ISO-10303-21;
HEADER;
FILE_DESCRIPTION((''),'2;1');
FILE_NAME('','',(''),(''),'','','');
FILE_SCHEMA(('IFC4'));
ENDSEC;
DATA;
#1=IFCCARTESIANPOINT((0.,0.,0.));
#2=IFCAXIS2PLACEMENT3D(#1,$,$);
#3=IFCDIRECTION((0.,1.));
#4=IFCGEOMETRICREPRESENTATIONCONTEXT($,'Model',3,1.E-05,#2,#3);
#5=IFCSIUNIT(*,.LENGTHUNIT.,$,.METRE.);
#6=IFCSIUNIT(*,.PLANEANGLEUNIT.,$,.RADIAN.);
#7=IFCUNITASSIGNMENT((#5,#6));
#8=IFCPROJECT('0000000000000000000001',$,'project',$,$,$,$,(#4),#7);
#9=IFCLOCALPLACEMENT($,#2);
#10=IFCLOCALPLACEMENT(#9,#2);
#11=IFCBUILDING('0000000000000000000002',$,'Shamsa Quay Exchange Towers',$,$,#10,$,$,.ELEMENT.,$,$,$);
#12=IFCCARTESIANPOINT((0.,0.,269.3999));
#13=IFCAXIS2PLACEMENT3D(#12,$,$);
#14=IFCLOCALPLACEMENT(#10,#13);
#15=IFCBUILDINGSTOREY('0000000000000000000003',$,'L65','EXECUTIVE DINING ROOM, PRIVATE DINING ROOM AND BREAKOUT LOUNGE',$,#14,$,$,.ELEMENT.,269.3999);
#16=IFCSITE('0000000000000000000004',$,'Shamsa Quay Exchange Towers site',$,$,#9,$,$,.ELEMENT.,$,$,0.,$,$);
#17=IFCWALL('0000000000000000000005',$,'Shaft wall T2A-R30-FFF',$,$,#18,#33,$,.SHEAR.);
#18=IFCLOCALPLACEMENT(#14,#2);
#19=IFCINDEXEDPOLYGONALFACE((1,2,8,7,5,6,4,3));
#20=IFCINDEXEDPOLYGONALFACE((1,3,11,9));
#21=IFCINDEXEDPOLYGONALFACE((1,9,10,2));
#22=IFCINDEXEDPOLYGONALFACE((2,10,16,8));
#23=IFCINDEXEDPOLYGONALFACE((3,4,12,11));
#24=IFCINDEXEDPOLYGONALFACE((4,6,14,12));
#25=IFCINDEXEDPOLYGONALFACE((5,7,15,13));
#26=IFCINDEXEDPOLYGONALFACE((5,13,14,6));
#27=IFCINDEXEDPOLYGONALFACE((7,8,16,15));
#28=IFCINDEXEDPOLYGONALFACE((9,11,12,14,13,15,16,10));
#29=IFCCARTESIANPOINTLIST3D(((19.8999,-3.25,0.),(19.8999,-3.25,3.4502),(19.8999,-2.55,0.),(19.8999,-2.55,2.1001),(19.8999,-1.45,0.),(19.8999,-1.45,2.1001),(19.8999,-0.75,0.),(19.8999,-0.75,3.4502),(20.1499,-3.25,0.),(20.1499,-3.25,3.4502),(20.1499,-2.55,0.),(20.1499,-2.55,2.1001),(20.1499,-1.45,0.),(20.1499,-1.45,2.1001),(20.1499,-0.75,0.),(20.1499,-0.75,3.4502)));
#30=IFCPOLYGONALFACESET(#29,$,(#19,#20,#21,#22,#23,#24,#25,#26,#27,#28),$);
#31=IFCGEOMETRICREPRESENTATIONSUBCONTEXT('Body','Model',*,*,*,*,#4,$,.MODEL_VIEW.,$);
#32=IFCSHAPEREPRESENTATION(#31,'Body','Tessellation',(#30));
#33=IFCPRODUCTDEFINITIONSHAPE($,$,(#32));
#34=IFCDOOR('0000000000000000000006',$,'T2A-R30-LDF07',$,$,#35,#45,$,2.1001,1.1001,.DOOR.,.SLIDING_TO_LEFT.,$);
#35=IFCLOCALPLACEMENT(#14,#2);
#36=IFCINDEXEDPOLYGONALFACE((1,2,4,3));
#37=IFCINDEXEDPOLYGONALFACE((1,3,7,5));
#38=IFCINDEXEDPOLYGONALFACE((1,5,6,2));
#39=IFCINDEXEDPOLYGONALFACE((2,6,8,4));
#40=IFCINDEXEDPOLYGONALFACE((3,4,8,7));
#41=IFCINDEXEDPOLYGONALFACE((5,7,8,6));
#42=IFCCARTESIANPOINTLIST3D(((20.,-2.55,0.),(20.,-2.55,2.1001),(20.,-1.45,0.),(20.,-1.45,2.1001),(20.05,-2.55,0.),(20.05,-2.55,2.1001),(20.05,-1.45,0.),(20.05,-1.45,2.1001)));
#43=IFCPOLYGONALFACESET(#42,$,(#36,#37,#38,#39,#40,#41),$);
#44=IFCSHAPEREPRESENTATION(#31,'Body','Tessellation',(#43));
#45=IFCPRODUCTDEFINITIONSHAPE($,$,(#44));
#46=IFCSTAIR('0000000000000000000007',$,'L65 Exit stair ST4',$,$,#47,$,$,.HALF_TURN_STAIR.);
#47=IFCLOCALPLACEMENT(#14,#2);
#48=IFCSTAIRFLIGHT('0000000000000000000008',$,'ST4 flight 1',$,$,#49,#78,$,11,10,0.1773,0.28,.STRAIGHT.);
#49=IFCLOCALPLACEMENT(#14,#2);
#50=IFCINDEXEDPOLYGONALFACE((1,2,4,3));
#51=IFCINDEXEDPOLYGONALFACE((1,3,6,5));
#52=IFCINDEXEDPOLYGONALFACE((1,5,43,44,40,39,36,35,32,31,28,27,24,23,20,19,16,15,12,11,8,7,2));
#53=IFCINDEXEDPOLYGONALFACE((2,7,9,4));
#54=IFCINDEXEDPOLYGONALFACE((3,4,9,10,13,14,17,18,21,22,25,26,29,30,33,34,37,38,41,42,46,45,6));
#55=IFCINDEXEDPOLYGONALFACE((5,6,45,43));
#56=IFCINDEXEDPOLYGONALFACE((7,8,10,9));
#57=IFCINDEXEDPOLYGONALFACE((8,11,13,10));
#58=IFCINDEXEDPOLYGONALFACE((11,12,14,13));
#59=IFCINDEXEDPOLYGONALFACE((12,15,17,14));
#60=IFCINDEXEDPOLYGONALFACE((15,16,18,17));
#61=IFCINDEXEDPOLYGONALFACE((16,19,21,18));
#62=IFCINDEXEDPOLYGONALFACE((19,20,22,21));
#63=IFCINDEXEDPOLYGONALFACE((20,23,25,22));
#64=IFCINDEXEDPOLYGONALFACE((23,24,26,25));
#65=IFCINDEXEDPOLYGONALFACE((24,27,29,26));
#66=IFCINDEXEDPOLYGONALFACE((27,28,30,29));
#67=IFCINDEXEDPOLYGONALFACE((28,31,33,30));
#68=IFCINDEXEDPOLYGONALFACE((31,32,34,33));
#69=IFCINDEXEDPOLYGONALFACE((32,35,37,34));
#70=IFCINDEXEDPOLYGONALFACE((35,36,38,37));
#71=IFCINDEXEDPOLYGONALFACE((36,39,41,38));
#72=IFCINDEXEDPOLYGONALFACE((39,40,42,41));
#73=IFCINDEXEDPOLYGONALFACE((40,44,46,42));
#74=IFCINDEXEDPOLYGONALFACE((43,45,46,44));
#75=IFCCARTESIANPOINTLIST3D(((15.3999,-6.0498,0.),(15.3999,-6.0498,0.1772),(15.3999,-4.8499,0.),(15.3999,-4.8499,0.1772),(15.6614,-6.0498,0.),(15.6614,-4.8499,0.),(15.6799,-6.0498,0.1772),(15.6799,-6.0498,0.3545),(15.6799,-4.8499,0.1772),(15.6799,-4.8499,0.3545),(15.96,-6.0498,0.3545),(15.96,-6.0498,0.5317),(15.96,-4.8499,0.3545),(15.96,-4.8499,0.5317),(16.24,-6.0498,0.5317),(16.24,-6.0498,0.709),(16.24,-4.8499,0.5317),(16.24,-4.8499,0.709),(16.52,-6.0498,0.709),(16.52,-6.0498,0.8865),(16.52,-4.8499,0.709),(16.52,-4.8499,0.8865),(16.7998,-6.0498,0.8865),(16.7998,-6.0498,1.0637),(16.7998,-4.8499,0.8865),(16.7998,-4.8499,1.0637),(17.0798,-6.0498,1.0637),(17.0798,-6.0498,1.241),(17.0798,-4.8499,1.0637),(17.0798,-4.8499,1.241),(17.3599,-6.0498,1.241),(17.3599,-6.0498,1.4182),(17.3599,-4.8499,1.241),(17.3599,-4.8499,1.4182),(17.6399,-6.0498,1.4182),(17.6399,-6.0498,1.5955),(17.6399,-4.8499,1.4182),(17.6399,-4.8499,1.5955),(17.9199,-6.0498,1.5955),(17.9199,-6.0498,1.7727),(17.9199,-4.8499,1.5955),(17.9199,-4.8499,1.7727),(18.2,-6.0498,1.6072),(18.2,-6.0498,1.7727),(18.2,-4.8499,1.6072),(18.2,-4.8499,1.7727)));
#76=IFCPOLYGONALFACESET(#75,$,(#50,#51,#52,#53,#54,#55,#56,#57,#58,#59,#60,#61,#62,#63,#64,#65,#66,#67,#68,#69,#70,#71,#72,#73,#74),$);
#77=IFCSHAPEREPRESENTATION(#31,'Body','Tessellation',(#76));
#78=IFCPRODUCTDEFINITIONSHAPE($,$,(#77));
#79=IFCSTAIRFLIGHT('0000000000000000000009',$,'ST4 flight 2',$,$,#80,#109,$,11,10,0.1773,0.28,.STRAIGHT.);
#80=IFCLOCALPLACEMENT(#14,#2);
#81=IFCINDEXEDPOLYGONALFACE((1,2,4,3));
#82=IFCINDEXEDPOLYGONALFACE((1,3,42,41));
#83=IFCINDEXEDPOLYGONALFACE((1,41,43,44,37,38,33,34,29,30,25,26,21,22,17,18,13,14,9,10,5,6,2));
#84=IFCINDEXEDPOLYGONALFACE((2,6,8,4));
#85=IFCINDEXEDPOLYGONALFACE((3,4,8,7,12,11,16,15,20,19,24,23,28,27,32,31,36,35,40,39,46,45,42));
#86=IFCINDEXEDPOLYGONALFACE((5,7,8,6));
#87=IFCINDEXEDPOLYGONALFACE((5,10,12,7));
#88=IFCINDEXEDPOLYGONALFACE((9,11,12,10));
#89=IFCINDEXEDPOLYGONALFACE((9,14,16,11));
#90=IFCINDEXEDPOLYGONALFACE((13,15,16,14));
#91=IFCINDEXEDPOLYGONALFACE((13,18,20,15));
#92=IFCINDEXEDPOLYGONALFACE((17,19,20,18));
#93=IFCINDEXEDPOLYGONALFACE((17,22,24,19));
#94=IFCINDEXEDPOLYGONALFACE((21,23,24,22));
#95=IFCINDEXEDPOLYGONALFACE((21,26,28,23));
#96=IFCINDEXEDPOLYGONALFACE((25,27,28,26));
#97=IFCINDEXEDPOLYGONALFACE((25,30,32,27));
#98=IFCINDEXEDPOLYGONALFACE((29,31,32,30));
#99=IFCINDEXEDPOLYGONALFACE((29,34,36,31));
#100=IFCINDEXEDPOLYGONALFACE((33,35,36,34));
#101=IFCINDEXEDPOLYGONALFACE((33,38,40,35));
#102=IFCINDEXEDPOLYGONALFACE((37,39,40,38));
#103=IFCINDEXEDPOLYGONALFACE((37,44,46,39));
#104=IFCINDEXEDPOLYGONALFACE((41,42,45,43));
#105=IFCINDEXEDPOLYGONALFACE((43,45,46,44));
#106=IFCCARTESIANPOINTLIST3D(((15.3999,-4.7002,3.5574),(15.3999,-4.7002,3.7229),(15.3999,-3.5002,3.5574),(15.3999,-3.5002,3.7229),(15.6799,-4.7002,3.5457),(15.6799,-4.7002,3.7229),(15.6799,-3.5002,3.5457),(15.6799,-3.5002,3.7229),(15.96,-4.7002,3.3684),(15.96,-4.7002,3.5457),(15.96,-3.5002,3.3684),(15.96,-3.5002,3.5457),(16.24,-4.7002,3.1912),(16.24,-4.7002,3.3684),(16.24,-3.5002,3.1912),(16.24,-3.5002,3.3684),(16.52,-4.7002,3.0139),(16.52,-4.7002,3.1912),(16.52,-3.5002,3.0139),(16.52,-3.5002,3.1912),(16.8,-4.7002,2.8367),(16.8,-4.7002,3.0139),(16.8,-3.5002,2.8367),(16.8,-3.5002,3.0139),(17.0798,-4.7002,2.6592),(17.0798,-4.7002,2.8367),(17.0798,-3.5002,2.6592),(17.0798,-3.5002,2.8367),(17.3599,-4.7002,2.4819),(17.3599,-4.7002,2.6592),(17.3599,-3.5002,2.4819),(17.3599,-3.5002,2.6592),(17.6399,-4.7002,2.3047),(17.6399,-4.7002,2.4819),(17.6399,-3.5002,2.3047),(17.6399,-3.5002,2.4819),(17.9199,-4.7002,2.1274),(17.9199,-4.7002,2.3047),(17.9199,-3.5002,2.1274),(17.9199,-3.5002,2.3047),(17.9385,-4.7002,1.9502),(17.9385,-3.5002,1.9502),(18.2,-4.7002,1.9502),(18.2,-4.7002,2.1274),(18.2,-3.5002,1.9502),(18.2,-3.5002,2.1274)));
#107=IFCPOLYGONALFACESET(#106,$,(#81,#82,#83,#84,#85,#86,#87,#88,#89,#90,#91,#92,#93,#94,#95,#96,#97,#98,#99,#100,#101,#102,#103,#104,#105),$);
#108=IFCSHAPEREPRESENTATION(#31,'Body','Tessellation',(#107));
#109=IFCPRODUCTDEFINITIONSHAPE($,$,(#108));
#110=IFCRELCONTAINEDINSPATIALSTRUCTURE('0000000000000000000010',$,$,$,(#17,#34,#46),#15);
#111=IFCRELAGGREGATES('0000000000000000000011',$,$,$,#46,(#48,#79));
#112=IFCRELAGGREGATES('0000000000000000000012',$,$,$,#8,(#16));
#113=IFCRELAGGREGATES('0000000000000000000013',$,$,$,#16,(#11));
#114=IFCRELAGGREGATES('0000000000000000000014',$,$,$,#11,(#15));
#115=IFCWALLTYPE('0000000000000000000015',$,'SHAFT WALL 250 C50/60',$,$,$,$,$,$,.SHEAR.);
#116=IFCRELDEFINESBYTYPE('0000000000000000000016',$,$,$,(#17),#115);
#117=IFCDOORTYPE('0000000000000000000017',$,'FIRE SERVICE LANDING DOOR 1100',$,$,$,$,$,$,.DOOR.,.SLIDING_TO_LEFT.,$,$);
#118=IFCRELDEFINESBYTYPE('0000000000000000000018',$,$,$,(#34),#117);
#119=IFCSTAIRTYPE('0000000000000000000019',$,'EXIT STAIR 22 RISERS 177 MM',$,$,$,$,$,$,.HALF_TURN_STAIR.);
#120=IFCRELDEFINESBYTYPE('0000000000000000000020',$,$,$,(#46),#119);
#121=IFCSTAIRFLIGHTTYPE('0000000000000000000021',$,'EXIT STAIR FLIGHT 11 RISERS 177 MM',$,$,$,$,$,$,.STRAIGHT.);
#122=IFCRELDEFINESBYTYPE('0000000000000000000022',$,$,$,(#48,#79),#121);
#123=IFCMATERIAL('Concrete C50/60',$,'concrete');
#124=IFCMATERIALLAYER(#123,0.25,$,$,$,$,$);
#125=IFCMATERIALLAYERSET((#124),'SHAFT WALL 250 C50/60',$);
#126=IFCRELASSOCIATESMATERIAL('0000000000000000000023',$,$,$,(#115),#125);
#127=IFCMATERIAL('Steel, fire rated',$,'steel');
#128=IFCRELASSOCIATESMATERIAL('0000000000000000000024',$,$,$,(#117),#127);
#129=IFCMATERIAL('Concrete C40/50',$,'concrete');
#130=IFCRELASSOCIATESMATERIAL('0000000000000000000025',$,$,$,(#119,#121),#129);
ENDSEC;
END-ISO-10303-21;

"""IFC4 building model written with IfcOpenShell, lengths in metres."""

from ifc_helpers import new_model, si_unit, direction, frame, frame_2d, origin, place, context, subcontext, project, spatial, polyline, rectangle, outline, extrude, material, layer, layer_set, type_object, element, fill, aggregate, save


model = new_model("IFC4")

# Units and contexts
model_context = context("Model", 3, precision=1e-05, world=origin(), true_north=direction((0.0, 1.0)))
body_context = subcontext(model_context, "Body", "Model", "MODEL_VIEW")
ifc_project = project(units=[si_unit("LENGTHUNIT", "METRE"), si_unit("PLANEANGLEUNIT", "RADIAN")], contexts=[model_context])

# Site, building, storey
site_placement = place(None, origin())
site = spatial("IfcSite", under=ifc_project, at=site_placement, Name="Shamsa Quay Exchange Towers site", CompositionType="ELEMENT", RefElevation=0.0)
building_placement = place(site_placement, origin())
building = spatial("IfcBuilding", under=site, at=building_placement, Name="Shamsa Quay Exchange Towers", CompositionType="ELEMENT")
storey_placement = place(building_placement, frame((0.0, 0.0, 269.3999)))
storey = spatial("IfcBuildingStorey", under=building, at=storey_placement, Name="L65", Description="EXECUTIVE DINING ROOM, PRIVATE DINING ROOM AND BREAKOUT LOUNGE", CompositionType="ELEMENT", Elevation=269.3999)

# Shared definitions
ifc_material_1 = material(Name="Concrete C50/60", Category="concrete")
ifc_layer_1 = layer(ifc_material_1, 0.25)
ifc_layer_set_1 = layer_set([ifc_layer_1], Name="SHAFT WALL 250 C50/60")
wall_type_1 = type_object("IfcWallType", Name="SHAFT WALL 250 C50/60", PredefinedType="SHEAR", material=ifc_layer_set_1)

# Wall, opening, door
wall_1_placement = place(storey_placement, frame((20.0249, -3.25, 0.0), z_axis=(0.0, 0.0, 1.0), x_axis=(0.0, 1.0, 0.0)))
wall_1 = element("IfcWall", 1, at=wall_1_placement, inside=storey, type_object=wall_type_1, Name="Shaft wall T2A-R30-FFF", PredefinedType="SHEAR", context=body_context, shape_type="SweptSolid", body=[
    extrude(rectangle(XDim=2.5, YDim=0.25, at=frame_2d((1.25, 0.0))), origin(), (0.0, 0.0, 1.0), 3.4502),
])
opening_placement = place(wall_1_placement, frame((0.7, 0.0, 0.0)))
opening = element("IfcOpeningElement", 2, at=opening_placement, cuts=wall_1, PredefinedType="OPENING", context=body_context, shape_type="SweptSolid", body=[
    extrude(rectangle(XDim=1.1001, YDim=2.1001, at=frame_2d((0.55, 1.05))), frame((0.0, 0.135, 0.0), z_axis=(0.0, -1.0, 0.0), x_axis=(1.0, 0.0, 0.0)), (0.0, 0.0, 1.0), 0.27),
])
ifc_material_2 = material(Name="Steel, fire rated", Category="steel")
door_type = type_object("IfcDoorType", Name="FIRE SERVICE LANDING DOOR 1100", OperationType="SLIDING_TO_LEFT", PredefinedType="DOOR", material=ifc_material_2)
door_placement = place(opening_placement, origin())
door = element("IfcDoor", 3, at=door_placement, inside=storey, type_object=door_type, Name="T2A-R30-LDF07", OperationType="SLIDING_TO_LEFT", OverallHeight=2.1001, OverallWidth=1.1001, PredefinedType="DOOR", context=body_context, shape_type="SweptSolid", body=[
    extrude(rectangle(XDim=1.1001, YDim=2.1001, at=frame_2d((0.55, 1.05))), frame((0.0, 0.0249, 0.0), z_axis=(0.0, -1.0, 0.0), x_axis=(1.0, 0.0, 0.0)), (0.0, 0.0, 1.0), 0.05),
])
fill(opening, door)

# Stair, stair flights
ifc_material_3 = material(Name="Concrete C40/50", Category="concrete")
stair_type = type_object("IfcStairType", Name="EXIT STAIR 22 RISERS 177 MM", PredefinedType="HALF_TURN_STAIR", material=ifc_material_3)
stair_placement = place(storey_placement, origin())
stair = element("IfcStair", 4, at=stair_placement, inside=storey, type_object=stair_type, Name="L65 Exit stair ST4", PredefinedType="HALF_TURN_STAIR")
stair_flight_type = type_object("IfcStairFlightType", Name="EXIT STAIR FLIGHT 11 RISERS 177 MM", PredefinedType="STRAIGHT", material=ifc_material_3)
stair_flight_1_placement = place(storey_placement, frame((15.3999, -5.45, 0.0)))
stair_flight_1 = element("IfcStairFlight", 5, at=stair_flight_1_placement, type_object=stair_flight_type, Name="ST4 flight 1", NumberOfRisers=11, NumberOfTreads=10, PredefinedType="STRAIGHT", RiserHeight=0.1773, TreadLength=0.28, context=body_context, shape_type="SweptSolid", body=[
    extrude(outline(polyline([(0.0, 0.0), (0.0, 0.1772), (0.28, 0.1772), (0.28, 0.3545), (0.5601, 0.3545), (0.5601, 0.5317), (0.8401, 0.5317), (0.8401, 0.709), (1.1201, 0.709), (1.1201, 0.8865), (1.3999, 0.8865), (1.3999, 1.0637), (1.6799, 1.0637), (1.6799, 1.241), (1.96, 1.241), (1.96, 1.4182), (2.24, 1.4182), (2.24, 1.5955), (2.52, 1.5955), (2.52, 1.7727), (2.8, 1.7727), (2.8, 1.95), (2.8, 1.6072), (0.2615, 0.0), (0.0, 0.0)])), frame((0.0, 0.6001, 0.0), z_axis=(0.0, -1.0, 0.0), x_axis=(1.0, 0.0, 0.0)), (0.0, 0.0, 1.0), 1.2),
])
stair_flight_2_placement = place(storey_placement, frame((18.2, -4.1001, 1.9502), z_axis=(0.0, 0.0, 1.0), x_axis=(-1.0, 0.0, 0.0)))
stair_flight_2 = element("IfcStairFlight", 6, at=stair_flight_2_placement, type_object=stair_flight_type, Name="ST4 flight 2", NumberOfRisers=11, NumberOfTreads=10, PredefinedType="STRAIGHT", RiserHeight=0.1773, TreadLength=0.28, context=body_context, shape_type="SweptSolid", body=[
    extrude(outline(polyline([(0.0, 0.0), (0.0, 0.1772), (0.28, 0.1772), (0.28, 0.3545), (0.5601, 0.3545), (0.5601, 0.5317), (0.8401, 0.5317), (0.8401, 0.709), (1.1201, 0.709), (1.1201, 0.8865), (1.3999, 0.8865), (1.3999, 1.0637), (1.6799, 1.0637), (1.6799, 1.241), (1.96, 1.241), (1.96, 1.4182), (2.24, 1.4182), (2.24, 1.5955), (2.52, 1.5955), (2.52, 1.7727), (2.8, 1.7727), (2.8, 1.95), (2.8, 1.6072), (0.2615, 0.0), (0.0, 0.0)])), frame((0.0, 0.6001, 0.0), z_axis=(0.0, -1.0, 0.0), x_axis=(1.0, 0.0, 0.0)), (0.0, 0.0, 1.0), 1.2),
])
aggregate(stair, [stair_flight_1, stair_flight_2])

save(model, "model.ifc")
